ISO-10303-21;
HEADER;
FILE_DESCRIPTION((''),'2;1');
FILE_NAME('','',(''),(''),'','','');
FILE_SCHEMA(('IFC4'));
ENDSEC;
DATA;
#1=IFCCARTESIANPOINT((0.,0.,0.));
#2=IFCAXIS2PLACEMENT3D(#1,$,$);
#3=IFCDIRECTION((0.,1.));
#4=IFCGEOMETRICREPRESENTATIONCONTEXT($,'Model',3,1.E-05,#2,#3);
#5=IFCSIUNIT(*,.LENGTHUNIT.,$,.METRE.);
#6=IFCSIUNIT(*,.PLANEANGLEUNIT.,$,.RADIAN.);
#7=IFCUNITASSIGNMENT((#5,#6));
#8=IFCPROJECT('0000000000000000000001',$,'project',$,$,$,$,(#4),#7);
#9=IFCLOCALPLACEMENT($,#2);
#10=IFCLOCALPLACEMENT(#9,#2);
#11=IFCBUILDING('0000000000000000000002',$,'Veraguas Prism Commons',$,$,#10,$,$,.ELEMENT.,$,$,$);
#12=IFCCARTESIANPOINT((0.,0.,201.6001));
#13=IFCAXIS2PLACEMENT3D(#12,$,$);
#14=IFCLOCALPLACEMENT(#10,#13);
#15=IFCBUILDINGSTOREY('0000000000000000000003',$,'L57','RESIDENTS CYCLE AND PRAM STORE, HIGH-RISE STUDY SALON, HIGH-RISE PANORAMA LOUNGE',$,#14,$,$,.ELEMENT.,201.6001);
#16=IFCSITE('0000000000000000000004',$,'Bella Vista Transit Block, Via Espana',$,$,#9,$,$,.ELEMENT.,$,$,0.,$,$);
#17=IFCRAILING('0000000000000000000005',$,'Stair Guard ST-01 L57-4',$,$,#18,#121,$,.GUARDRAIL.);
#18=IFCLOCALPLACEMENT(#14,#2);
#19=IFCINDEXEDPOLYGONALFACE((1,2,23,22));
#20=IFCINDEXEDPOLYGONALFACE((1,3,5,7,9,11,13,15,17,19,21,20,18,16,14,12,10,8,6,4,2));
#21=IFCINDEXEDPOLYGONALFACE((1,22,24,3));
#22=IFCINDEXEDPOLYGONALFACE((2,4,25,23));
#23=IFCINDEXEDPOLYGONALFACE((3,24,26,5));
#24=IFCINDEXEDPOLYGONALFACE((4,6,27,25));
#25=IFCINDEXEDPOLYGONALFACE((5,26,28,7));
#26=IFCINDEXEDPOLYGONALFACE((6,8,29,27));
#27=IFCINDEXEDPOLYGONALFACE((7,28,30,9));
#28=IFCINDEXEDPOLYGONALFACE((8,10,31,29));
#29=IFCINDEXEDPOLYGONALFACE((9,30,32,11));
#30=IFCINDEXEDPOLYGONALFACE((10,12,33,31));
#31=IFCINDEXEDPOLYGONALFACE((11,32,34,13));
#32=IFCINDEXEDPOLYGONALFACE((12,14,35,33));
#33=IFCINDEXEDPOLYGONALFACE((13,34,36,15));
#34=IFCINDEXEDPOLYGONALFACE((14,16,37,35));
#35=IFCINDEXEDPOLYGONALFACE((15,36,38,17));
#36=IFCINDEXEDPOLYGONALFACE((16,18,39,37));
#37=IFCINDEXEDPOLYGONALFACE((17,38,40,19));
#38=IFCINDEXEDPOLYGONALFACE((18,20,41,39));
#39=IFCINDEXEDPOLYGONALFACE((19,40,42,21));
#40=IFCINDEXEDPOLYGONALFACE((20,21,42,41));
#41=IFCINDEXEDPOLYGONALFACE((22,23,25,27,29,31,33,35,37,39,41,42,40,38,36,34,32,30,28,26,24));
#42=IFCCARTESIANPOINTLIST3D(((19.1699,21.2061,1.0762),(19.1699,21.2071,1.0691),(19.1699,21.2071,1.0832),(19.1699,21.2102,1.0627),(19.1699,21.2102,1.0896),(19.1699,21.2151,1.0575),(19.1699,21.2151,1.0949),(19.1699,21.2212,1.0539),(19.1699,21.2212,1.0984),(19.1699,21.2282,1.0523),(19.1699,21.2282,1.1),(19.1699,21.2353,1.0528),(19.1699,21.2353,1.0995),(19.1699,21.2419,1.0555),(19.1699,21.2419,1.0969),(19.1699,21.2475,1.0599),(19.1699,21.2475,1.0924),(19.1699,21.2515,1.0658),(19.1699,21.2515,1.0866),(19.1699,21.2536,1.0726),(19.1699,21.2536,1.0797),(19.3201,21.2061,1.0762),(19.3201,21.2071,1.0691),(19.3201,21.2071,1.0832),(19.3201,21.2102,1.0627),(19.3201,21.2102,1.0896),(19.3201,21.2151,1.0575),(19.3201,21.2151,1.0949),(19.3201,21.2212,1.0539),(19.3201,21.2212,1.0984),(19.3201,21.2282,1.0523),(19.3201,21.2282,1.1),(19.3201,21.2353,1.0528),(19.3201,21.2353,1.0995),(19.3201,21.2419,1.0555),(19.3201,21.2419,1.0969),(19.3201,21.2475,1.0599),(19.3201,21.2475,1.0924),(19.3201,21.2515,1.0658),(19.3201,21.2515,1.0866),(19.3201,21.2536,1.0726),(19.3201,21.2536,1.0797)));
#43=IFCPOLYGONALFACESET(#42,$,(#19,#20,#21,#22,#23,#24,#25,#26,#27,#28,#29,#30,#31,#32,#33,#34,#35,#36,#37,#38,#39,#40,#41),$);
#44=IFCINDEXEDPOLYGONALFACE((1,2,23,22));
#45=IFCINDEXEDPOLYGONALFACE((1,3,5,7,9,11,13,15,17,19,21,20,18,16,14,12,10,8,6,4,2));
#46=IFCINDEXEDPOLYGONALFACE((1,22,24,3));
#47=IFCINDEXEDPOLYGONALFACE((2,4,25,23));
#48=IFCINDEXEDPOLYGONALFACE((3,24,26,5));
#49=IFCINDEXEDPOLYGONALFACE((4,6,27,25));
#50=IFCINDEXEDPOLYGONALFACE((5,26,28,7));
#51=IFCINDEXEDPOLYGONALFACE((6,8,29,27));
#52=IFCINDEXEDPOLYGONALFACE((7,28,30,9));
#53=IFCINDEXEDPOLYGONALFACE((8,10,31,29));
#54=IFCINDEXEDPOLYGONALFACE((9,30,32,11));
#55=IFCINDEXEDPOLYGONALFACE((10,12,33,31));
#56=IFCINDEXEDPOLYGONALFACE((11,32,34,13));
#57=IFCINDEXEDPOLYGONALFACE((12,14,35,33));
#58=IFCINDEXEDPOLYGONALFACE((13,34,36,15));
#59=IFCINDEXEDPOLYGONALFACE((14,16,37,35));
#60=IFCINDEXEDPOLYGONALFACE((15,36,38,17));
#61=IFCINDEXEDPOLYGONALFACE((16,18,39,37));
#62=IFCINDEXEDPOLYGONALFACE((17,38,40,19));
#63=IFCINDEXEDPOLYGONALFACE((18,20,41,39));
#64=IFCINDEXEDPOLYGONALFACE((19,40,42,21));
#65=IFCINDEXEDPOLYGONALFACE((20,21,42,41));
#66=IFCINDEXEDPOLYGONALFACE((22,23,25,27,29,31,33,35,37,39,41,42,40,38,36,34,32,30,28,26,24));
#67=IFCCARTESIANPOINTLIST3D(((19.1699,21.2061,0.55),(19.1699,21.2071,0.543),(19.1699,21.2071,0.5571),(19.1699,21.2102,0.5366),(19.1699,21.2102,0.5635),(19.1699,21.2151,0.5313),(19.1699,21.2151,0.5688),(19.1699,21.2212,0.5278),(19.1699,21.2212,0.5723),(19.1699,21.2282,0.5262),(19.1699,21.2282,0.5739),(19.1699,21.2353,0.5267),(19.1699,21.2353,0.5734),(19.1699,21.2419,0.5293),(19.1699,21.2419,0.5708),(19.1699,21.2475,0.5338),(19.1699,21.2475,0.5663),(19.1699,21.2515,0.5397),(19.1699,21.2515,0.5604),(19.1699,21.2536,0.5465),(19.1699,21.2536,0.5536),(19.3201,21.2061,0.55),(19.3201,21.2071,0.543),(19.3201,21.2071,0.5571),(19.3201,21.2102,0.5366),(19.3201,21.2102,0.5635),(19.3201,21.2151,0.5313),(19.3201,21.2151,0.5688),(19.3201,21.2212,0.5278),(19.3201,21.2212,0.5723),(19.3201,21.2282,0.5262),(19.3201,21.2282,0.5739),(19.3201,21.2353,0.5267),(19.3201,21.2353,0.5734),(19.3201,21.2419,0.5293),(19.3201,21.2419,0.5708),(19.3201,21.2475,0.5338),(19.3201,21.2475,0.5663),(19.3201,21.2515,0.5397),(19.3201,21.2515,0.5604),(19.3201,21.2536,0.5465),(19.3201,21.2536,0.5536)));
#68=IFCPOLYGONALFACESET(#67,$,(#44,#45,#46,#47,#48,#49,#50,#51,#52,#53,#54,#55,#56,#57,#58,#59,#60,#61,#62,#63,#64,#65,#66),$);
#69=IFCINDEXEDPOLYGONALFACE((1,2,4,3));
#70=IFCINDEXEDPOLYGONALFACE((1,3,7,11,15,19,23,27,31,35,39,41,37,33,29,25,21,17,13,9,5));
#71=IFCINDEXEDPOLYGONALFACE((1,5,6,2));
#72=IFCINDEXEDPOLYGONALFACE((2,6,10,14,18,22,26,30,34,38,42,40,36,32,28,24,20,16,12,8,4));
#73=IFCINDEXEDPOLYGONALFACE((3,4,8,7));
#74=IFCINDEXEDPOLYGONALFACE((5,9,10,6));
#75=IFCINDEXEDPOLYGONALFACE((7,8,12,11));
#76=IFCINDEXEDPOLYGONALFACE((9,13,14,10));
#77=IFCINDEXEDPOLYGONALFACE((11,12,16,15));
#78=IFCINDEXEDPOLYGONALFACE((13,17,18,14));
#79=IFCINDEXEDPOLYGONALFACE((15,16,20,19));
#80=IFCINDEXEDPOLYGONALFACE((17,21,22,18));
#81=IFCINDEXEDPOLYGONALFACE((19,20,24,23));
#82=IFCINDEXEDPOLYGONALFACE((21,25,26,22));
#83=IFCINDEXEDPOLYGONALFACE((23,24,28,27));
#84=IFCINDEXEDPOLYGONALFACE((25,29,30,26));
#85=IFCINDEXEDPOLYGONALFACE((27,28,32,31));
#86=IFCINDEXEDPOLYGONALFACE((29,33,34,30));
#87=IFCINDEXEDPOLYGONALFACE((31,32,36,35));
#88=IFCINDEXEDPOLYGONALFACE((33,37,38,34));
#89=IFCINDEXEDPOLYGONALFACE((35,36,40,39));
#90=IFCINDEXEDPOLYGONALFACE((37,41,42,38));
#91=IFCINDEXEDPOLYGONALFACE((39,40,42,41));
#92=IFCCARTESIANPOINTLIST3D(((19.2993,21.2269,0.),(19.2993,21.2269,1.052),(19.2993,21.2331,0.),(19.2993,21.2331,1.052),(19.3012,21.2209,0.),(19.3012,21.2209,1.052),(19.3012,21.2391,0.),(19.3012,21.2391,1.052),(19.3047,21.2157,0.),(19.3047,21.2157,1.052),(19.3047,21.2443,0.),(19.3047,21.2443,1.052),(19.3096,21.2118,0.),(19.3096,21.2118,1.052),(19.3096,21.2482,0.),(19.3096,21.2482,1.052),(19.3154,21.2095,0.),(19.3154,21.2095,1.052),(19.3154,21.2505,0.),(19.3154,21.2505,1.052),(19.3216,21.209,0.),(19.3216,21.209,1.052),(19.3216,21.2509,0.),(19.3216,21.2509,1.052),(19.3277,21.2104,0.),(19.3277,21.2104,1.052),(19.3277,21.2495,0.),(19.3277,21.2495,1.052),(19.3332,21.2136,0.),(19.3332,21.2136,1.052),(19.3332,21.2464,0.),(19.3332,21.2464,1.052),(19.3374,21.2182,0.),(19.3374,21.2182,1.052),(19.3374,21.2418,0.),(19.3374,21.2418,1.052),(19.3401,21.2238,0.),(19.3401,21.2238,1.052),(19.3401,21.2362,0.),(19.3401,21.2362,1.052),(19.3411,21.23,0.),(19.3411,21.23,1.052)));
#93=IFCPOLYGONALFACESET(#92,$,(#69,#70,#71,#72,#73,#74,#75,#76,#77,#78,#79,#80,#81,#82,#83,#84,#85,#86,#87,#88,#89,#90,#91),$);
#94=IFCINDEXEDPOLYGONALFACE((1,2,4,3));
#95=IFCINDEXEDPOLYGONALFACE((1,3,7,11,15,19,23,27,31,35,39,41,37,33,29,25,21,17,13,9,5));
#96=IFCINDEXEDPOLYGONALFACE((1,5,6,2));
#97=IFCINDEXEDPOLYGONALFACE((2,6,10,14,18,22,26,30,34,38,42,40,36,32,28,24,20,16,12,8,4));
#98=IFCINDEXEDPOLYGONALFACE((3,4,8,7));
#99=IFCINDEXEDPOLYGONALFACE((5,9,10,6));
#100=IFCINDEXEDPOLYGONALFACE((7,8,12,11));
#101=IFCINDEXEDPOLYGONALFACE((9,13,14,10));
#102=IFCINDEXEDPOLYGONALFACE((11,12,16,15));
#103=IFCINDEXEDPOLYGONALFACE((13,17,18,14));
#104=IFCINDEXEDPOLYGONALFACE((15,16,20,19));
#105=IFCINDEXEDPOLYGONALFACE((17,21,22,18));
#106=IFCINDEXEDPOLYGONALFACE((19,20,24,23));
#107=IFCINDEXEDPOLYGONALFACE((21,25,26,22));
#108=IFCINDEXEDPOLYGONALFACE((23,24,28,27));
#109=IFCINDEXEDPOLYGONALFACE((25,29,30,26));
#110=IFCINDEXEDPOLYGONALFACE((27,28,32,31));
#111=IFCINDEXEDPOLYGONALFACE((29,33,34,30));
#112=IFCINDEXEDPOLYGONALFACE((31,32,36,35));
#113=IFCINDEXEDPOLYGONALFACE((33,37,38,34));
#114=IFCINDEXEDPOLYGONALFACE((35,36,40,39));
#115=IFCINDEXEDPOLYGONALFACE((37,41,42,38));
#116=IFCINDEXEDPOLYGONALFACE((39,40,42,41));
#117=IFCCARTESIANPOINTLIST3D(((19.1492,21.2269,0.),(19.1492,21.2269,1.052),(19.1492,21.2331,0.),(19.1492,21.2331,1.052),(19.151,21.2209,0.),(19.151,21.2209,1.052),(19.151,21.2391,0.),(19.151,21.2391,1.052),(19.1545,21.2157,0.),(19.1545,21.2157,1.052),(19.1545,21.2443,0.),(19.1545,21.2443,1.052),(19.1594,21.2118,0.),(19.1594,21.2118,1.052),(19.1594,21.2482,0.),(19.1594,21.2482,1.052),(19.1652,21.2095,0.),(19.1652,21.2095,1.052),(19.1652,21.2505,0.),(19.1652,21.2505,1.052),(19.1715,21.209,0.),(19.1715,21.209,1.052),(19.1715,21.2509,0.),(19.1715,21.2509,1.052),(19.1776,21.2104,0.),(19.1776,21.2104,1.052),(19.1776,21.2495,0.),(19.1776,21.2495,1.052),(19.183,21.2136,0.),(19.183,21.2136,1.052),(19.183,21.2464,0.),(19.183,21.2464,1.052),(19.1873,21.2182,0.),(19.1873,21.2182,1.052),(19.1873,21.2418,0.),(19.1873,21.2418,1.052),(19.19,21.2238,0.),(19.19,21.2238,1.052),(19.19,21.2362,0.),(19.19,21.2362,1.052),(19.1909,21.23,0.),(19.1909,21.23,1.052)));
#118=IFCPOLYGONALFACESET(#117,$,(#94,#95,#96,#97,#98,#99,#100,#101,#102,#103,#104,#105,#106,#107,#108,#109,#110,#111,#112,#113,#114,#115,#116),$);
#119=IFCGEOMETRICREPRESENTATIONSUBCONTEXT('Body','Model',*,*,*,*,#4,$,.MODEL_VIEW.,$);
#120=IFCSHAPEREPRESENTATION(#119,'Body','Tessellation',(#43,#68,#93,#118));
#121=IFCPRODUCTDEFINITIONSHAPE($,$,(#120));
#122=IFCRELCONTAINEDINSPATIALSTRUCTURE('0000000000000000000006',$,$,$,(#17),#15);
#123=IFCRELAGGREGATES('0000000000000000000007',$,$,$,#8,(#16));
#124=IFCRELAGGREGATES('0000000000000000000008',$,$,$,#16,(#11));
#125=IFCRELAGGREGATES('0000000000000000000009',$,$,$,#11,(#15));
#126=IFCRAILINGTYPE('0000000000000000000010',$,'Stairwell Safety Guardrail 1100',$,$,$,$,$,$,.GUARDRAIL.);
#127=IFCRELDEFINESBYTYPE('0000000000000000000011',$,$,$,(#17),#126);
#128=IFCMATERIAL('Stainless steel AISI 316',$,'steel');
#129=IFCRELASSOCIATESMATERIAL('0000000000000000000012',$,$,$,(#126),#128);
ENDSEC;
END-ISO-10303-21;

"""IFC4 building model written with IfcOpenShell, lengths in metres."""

from ifc_helpers import new_model, si_unit, direction, frame, origin, origin_2d, place, context, subcontext, project, spatial, circle, extrude, material, type_object, element, save


model = new_model("IFC4")

# Units and contexts
model_context = context("Model", 3, precision=1e-05, world=origin(), true_north=direction((0.0, 1.0)))
body_context = subcontext(model_context, "Body", "Model", "MODEL_VIEW")
ifc_project = project(units=[si_unit("LENGTHUNIT", "METRE"), si_unit("PLANEANGLEUNIT", "RADIAN")], contexts=[model_context])

# Site, building, storey
site_placement = place(None, origin())
site = spatial("IfcSite", under=ifc_project, at=site_placement, Name="Bella Vista Transit Block, Via Espana", CompositionType="ELEMENT", RefElevation=0.0)
building_placement = place(site_placement, origin())
building = spatial("IfcBuilding", under=site, at=building_placement, Name="Veraguas Prism Commons", CompositionType="ELEMENT")
storey_placement = place(building_placement, frame((0.0, 0.0, 201.6001)))
storey = spatial("IfcBuildingStorey", under=building, at=storey_placement, Name="L57", Description="RESIDENTS CYCLE AND PRAM STORE, HIGH-RISE STUDY SALON, HIGH-RISE PANORAMA LOUNGE", CompositionType="ELEMENT", Elevation=201.6001)

# Railing
ifc_material_1 = material(Name="Stainless steel AISI 316", Category="steel")
railing_type_1 = type_object("IfcRailingType", Name="Stairwell Safety Guardrail 1100", PredefinedType="GUARDRAIL", material=ifc_material_1)
railing_1_placement = place(storey_placement, frame((19.3201, 21.23, 0.0)))
element("IfcRailing", 1, at=railing_1_placement, inside=storey, type_object=railing_type_1, Name="Stair Guard ST-01 L57-4", PredefinedType="GUARDRAIL", context=body_context, shape_type="SweptSolid", body=[
    extrude(circle(Radius=0.0239, at=origin_2d()), frame((0.0, 0.0, 1.0762), z_axis=(-1.0, 0.0, 0.0), x_axis=(0.0, -1.0, 0.0)), (0.0, 0.0, 1.0), 0.1501),
    extrude(circle(Radius=0.0239, at=origin_2d()), frame((0.0, 0.0, 0.55), z_axis=(-1.0, 0.0, 0.0), x_axis=(0.0, -1.0, 0.0)), (0.0, 0.0, 1.0), 0.1501),
    extrude(circle(Radius=0.021, at=origin_2d()), origin(), (0.0, 0.0, 1.0), 1.052),
    extrude(circle(Radius=0.021, at=origin_2d()), frame((-0.1501, 0.0, 0.0)), (0.0, 0.0, 1.0), 1.052),
])

save(model, "model.ifc")
